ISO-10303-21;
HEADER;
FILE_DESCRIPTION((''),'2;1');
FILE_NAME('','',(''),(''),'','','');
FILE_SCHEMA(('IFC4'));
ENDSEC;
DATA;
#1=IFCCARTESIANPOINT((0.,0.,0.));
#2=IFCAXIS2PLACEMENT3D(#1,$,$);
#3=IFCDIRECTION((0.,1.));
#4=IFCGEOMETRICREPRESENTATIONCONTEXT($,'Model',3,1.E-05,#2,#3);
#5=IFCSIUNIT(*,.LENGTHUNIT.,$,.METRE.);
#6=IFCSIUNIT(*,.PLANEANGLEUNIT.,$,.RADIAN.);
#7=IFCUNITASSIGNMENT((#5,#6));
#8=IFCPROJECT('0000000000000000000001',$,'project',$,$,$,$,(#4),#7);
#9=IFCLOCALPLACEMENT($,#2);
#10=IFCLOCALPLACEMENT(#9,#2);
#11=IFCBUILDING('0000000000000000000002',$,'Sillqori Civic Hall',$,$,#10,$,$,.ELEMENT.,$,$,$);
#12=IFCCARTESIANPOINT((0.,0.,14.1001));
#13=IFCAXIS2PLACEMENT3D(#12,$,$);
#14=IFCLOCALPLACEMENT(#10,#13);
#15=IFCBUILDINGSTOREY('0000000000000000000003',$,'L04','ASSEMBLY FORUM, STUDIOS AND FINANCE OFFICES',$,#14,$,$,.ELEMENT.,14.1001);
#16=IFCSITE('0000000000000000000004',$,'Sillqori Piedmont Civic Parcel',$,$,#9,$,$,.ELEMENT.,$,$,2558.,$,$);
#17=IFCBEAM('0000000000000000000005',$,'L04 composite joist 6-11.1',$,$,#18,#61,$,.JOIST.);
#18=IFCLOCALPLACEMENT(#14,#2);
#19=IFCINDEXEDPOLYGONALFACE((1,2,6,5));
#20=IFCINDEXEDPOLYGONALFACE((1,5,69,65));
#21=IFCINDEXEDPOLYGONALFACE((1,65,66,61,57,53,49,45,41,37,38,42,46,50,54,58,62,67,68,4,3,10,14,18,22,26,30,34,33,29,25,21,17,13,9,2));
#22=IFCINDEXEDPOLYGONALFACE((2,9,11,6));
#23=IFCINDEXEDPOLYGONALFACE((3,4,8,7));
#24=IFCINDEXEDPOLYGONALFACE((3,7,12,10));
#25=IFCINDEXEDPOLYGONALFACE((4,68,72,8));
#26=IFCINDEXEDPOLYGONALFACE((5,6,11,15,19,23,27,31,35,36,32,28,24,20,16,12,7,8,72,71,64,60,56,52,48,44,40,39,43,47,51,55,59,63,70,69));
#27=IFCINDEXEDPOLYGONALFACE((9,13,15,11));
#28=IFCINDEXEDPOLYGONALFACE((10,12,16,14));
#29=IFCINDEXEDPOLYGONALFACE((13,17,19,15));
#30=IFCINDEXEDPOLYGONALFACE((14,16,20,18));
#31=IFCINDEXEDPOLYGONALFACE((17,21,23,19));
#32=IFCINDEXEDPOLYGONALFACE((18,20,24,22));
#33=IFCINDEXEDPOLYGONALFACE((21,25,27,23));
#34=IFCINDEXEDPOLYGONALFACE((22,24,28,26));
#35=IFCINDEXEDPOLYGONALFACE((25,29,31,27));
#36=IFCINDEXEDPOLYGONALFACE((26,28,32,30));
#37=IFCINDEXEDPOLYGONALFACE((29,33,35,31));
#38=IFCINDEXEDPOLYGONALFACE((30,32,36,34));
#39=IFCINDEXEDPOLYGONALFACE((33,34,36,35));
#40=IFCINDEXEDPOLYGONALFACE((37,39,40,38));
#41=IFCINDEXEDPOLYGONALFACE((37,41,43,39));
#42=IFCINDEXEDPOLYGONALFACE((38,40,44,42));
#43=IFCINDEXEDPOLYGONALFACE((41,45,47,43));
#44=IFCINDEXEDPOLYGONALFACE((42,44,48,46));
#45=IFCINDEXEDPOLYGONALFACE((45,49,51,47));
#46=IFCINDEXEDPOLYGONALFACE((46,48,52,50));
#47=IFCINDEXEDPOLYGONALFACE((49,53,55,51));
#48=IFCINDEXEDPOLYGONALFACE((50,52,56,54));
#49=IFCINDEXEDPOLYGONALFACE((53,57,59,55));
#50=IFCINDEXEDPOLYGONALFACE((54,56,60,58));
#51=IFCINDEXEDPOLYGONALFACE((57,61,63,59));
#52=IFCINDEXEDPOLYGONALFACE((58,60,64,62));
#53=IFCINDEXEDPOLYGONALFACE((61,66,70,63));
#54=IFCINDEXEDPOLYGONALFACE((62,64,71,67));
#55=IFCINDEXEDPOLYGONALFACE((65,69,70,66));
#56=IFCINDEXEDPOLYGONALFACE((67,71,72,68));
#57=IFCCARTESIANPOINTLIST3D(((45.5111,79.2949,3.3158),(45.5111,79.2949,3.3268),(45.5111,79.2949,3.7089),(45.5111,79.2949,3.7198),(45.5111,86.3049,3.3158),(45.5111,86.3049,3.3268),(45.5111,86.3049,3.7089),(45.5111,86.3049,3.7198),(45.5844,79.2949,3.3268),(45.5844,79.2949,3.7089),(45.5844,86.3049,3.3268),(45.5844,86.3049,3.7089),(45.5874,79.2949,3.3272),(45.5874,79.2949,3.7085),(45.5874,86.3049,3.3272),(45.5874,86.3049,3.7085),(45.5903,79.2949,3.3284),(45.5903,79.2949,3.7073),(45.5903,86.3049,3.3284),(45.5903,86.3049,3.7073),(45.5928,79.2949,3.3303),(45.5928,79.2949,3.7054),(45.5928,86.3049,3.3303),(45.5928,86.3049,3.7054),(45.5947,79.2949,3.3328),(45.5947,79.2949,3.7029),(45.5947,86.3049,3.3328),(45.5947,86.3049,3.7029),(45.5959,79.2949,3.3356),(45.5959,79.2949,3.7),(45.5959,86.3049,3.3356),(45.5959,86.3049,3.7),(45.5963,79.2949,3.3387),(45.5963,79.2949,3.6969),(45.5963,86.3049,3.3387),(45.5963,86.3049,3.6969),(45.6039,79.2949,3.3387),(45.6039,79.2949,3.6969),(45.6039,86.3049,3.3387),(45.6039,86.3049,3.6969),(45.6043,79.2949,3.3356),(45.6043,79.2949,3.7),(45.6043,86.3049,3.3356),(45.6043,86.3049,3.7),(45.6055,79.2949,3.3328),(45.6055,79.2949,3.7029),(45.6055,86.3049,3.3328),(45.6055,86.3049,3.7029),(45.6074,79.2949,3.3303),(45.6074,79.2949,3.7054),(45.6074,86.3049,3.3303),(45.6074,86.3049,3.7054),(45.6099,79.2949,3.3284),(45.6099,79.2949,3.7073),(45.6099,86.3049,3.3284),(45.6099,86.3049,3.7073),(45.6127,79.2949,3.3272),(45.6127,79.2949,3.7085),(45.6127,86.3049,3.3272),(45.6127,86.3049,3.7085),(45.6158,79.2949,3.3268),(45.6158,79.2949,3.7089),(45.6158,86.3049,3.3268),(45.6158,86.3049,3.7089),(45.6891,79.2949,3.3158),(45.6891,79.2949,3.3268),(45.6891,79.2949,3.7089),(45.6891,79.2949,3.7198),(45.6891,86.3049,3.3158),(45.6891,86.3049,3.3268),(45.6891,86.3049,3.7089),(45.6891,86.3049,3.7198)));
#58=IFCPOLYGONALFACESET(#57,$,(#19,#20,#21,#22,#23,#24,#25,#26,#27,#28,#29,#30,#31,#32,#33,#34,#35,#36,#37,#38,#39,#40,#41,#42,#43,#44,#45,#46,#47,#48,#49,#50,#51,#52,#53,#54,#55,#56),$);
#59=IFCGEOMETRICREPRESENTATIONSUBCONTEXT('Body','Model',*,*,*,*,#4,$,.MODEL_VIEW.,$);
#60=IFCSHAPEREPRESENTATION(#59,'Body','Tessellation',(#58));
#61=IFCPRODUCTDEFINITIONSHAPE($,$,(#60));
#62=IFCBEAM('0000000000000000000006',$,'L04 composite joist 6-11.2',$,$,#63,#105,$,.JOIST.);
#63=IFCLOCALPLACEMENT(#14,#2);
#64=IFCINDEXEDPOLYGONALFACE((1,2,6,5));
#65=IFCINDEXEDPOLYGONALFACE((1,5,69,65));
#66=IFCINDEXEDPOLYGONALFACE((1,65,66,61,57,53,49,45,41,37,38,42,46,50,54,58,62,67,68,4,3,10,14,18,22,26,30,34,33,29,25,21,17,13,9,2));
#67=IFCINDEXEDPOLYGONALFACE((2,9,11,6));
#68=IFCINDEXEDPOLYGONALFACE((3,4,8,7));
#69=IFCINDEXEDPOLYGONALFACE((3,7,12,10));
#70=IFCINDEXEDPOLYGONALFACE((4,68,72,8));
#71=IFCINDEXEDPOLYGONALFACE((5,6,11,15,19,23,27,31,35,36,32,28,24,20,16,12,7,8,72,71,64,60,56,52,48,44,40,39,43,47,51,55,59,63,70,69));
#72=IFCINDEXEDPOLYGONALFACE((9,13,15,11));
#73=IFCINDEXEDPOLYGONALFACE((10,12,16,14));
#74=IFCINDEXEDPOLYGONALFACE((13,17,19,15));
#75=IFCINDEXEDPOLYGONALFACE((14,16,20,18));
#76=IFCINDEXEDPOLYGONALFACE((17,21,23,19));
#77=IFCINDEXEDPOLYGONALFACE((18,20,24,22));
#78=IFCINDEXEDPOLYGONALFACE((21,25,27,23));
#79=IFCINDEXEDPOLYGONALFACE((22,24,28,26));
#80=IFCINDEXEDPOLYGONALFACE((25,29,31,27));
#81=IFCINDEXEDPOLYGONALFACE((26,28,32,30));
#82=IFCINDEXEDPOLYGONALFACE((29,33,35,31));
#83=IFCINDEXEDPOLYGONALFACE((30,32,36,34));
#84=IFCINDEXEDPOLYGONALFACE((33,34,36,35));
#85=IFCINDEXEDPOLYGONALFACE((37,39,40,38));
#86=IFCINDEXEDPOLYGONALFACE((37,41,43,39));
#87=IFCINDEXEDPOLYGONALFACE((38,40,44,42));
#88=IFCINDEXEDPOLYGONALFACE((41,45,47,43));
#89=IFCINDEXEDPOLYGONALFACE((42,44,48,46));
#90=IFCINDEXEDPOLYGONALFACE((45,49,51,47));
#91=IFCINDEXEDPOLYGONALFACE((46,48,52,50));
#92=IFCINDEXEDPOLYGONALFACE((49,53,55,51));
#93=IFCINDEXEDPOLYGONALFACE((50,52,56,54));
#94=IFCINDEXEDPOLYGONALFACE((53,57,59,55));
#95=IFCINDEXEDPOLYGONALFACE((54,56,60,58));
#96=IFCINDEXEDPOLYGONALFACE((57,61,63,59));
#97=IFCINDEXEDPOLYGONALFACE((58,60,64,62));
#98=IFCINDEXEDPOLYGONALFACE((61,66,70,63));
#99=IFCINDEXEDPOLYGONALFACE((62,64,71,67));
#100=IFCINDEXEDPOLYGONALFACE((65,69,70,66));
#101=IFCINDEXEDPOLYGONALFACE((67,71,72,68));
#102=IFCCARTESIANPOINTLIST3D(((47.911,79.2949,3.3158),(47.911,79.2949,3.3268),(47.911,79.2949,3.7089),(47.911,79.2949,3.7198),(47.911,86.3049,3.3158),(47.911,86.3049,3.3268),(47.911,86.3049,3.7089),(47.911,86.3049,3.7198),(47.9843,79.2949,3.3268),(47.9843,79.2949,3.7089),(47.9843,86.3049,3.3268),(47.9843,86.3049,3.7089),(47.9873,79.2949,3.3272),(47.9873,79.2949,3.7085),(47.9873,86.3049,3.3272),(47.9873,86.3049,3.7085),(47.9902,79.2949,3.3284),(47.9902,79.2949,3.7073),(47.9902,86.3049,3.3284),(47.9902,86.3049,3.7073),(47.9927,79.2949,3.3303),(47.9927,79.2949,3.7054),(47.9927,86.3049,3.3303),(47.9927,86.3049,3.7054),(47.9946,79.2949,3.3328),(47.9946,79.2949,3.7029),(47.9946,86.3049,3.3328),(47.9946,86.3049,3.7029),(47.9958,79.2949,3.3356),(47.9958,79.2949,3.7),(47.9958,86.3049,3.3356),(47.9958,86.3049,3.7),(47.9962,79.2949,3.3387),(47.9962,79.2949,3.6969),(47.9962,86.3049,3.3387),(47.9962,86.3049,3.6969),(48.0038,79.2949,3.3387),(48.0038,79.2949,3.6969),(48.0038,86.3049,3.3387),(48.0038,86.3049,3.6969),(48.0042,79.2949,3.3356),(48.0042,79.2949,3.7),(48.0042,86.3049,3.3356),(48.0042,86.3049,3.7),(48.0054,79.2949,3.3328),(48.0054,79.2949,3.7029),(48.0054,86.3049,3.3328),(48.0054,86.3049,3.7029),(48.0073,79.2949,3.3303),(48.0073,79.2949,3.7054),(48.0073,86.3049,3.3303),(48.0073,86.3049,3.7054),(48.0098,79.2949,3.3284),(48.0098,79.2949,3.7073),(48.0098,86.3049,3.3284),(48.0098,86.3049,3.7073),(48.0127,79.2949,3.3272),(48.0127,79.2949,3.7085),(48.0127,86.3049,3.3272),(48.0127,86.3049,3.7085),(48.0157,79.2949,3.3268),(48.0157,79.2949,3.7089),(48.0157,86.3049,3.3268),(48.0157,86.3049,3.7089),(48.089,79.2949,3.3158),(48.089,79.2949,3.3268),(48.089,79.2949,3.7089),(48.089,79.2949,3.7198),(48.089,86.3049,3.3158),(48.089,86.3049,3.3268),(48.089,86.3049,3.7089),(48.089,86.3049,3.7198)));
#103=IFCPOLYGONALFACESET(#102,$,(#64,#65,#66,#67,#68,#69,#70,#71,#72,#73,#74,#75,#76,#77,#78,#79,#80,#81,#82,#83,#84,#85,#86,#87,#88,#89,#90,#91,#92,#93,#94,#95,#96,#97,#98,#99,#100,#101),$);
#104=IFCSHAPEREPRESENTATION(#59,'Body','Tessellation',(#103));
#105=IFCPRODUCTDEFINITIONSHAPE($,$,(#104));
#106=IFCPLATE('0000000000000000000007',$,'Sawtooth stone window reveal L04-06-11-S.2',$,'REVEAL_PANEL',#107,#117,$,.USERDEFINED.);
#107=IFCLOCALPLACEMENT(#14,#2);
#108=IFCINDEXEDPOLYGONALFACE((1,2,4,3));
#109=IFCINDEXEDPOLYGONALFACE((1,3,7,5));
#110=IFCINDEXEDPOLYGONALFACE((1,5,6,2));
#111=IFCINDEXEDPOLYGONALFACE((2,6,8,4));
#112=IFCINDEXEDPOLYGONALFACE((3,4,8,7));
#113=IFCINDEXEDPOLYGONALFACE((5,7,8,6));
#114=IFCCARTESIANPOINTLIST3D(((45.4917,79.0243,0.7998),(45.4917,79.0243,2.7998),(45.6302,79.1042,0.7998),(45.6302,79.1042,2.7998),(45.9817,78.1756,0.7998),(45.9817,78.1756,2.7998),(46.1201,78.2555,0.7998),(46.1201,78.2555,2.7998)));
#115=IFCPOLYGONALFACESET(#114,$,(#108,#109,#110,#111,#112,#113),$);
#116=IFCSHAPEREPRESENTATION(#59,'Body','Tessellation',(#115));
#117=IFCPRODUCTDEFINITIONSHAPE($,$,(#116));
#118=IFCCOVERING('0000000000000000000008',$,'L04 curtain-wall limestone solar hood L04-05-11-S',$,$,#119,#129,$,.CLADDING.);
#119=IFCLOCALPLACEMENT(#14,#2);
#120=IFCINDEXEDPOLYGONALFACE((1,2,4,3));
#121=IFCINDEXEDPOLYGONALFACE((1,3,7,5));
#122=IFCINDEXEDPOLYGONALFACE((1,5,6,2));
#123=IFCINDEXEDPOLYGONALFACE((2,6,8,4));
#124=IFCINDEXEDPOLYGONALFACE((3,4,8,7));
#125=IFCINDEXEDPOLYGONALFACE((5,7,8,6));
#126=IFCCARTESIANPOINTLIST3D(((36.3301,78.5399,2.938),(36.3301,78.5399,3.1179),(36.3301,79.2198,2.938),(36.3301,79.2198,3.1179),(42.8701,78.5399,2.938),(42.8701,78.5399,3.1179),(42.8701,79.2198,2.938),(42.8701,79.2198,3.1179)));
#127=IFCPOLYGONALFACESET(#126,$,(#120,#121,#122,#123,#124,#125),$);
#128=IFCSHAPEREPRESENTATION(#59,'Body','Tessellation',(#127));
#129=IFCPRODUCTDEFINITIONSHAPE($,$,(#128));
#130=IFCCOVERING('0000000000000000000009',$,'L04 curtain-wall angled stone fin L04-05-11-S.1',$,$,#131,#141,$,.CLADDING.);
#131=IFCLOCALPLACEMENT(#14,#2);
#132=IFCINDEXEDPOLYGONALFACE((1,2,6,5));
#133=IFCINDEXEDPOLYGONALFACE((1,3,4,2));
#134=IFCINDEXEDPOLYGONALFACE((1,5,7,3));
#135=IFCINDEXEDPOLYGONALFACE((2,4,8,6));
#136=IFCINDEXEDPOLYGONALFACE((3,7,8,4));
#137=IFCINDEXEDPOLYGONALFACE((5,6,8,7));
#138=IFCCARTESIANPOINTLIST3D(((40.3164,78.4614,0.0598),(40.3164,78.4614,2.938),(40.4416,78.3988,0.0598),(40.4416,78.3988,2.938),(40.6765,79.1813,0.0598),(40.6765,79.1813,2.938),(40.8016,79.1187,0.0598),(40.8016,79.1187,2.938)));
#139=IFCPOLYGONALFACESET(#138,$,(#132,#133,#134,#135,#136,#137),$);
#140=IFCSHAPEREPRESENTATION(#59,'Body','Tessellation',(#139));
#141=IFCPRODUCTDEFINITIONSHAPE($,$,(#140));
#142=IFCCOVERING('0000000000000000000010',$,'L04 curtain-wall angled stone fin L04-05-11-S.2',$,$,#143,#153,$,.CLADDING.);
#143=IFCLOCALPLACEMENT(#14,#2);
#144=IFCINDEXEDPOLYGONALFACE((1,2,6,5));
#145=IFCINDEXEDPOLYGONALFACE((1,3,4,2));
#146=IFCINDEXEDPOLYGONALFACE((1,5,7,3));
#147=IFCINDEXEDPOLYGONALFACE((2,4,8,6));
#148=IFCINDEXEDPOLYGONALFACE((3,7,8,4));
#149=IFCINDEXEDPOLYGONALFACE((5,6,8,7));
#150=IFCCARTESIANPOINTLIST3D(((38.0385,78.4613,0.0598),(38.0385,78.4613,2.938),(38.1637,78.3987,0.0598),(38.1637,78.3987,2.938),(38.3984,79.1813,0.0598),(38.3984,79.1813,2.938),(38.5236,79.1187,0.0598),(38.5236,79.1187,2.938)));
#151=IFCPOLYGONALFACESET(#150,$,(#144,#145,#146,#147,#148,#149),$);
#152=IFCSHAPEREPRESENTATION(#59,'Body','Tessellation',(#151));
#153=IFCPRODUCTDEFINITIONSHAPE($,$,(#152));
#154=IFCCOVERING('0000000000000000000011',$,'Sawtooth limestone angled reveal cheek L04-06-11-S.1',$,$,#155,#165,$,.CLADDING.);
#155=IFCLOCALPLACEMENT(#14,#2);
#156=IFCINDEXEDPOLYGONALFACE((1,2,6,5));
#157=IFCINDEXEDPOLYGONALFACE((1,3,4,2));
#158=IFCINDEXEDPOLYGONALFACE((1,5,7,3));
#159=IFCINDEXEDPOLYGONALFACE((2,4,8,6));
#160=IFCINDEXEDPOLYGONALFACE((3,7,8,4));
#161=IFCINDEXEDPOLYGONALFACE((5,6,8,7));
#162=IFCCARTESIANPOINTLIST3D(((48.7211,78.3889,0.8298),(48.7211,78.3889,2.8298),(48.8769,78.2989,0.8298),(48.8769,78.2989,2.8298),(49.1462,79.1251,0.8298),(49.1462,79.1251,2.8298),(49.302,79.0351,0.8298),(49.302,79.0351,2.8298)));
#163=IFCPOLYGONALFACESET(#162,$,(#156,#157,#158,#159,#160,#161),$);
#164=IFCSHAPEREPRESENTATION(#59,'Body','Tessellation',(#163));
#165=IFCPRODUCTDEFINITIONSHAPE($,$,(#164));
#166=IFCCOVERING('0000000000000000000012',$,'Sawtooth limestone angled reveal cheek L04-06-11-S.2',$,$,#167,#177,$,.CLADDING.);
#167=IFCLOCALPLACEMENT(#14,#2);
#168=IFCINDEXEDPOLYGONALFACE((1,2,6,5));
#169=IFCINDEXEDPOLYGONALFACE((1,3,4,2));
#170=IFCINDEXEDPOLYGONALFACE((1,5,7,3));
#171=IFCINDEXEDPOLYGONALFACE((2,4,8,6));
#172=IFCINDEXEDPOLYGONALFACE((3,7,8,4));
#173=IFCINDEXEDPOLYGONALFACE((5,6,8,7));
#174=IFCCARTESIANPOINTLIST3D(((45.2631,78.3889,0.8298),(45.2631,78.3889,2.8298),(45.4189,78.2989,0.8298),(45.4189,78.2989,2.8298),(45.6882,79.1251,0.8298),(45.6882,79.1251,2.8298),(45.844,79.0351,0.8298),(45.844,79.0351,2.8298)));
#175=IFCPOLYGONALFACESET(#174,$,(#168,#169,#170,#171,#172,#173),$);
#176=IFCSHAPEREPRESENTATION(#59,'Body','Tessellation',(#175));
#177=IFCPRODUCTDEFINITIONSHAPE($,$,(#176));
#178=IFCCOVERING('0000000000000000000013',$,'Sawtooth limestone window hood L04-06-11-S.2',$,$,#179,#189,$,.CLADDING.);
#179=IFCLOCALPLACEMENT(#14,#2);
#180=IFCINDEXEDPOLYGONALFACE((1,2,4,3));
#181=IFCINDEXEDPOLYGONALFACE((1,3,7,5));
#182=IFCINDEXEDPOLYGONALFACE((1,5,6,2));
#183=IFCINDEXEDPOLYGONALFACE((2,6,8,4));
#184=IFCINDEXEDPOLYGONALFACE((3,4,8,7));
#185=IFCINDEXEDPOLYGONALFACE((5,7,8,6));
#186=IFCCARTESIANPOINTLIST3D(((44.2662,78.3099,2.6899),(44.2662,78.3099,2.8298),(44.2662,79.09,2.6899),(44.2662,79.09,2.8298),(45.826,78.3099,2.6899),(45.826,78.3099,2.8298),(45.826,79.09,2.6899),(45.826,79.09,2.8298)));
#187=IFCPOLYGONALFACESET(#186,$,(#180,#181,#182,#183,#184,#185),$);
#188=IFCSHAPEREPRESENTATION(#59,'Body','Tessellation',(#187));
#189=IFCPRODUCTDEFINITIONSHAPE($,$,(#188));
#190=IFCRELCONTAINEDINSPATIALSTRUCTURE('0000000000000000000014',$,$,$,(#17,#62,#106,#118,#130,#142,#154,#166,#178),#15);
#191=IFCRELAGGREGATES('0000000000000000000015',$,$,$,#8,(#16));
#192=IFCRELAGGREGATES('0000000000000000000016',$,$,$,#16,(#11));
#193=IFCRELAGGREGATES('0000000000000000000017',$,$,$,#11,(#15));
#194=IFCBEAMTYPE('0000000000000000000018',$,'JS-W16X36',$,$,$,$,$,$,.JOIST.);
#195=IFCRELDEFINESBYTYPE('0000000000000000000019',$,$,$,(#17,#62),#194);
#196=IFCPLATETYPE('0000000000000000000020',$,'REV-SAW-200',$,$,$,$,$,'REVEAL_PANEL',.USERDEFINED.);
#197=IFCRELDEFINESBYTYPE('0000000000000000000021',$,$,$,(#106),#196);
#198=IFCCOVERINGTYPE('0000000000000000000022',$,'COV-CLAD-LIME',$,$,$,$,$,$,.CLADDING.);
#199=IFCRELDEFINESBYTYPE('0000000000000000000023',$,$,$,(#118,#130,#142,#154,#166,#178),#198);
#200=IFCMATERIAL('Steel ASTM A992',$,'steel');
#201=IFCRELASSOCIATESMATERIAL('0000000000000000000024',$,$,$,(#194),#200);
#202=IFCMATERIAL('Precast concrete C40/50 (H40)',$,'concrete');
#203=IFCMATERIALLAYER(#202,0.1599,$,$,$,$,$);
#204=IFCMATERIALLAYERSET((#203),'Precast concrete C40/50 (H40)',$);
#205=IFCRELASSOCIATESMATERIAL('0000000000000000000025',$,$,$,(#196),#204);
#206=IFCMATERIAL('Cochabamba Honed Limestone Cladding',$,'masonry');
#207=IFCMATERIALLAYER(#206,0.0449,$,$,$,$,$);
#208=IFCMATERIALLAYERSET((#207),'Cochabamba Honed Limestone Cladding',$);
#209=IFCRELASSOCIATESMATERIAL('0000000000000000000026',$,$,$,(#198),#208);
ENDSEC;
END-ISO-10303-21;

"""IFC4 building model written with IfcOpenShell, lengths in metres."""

from ifc_helpers import new_model, si_unit, direction, frame, frame_2d, origin, origin_2d, place, context, subcontext, project, spatial, rectangle, i_section, extrude, material, layer, layer_set, material_profile, profile_set, type_object, element, save


model = new_model("IFC4")

# Units and contexts
model_context = context("Model", 3, precision=1e-05, world=origin(), true_north=direction((0.0, 1.0)))
body_context = subcontext(model_context, "Body", "Model", "MODEL_VIEW")
ifc_project = project(units=[si_unit("LENGTHUNIT", "METRE"), si_unit("PLANEANGLEUNIT", "RADIAN")], contexts=[model_context])

# Site, building, storey
site_placement = place(None, origin())
site = spatial("IfcSite", under=ifc_project, at=site_placement, Name="Sillqori Piedmont Civic Parcel", CompositionType="ELEMENT", RefElevation=2558.0)
building_placement = place(site_placement, origin())
building = spatial("IfcBuilding", under=site, at=building_placement, Name="Sillqori Civic Hall", CompositionType="ELEMENT")
storey_placement = place(building_placement, frame((0.0, 0.0, 14.1001)))
storey = spatial("IfcBuildingStorey", under=building, at=storey_placement, Name="L04", Description="ASSEMBLY FORUM, STUDIOS AND FINANCE OFFICES", CompositionType="ELEMENT", Elevation=14.1001)

# Shared definitions
ifc_material_1 = material(Name="Steel ASTM A992", Category="steel")

# Beams
ifc_material_profile_1 = material_profile(ifc_material_1, i_section(OverallWidth=0.178, OverallDepth=0.4041, WebThickness=0.0076, FlangeThickness=0.011, FilletRadius=0.012, at=origin_2d()), Name="W16X36")
ifc_profile_set_1 = profile_set([ifc_material_profile_1], Name="Steel ASTM A992")
beam_type_1 = type_object("IfcBeamType", Name="JS-W16X36", PredefinedType="JOIST", material=ifc_profile_set_1)
for number, where, z_axis, x_axis, name in (
    (1, (45.6001, 79.2949, 3.5178), (0.0, 1.0, 0.0), (-1.0, 0.0, 0.0), "L04 composite joist 6-11.1"),
    (2, (48.0, 79.2949, 3.5178), (0.0, 1.0, 0.0), (-1.0, 0.0, 0.0), "L04 composite joist 6-11.2"),
):
    element("IfcBeam", number, at=place(storey_placement, frame(where, z_axis=z_axis, x_axis=x_axis)), inside=storey, type_object=beam_type_1, Name=name, PredefinedType="JOIST", context=body_context, shape_type="SweptSolid", body=[
        extrude(i_section(OverallWidth=0.178, OverallDepth=0.4041, WebThickness=0.0076, FlangeThickness=0.011, FilletRadius=0.012, at=origin_2d()), origin(), (0.0, 0.0, 1.0), 7.01),
    ])

# Plate
ifc_material_2 = material(Name="Precast concrete C40/50 (H40)", Category="concrete")
ifc_layer_1 = layer(ifc_material_2, 0.1599)
ifc_layer_set_1 = layer_set([ifc_layer_1], Name="Precast concrete C40/50 (H40)")
plate_type_1 = type_object("IfcPlateType", Name="REV-SAW-200", ElementType="REVEAL_PANEL", PredefinedType="USERDEFINED", material=ifc_layer_set_1)
plate_1_placement = place(storey_placement, frame((45.8059, 78.6399, 0.7998), z_axis=(0.0, 0.0, 1.0), x_axis=(-0.866025, -0.5, 0.0)))
element("IfcPlate", 3, at=plate_1_placement, inside=storey, type_object=plate_type_1, Name="Sawtooth stone window reveal L04-06-11-S.2", ObjectType="REVEAL_PANEL", PredefinedType="USERDEFINED", context=body_context, shape_type="SweptSolid", body=[
    extrude(rectangle(XDim=0.1599, YDim=0.98, at=origin_2d()), origin(), (0.0, 0.0, 1.0), 2.0),
])

# Coverings
ifc_material_3 = material(Name="Cochabamba Honed Limestone Cladding", Category="masonry")
ifc_layer_2 = layer(ifc_material_3, 0.0449)
ifc_layer_set_2 = layer_set([ifc_layer_2], Name="Cochabamba Honed Limestone Cladding")
covering_type = type_object("IfcCoveringType", Name="COV-CLAD-LIME", PredefinedType="CLADDING", material=ifc_layer_set_2)
covering_1_placement = place(storey_placement, frame((42.8701, 78.8799, 2.938), z_axis=(0.0, 0.0, 1.0), x_axis=(-1.0, 0.0, 0.0)))
element("IfcCovering", 4, at=covering_1_placement, inside=storey, type_object=covering_type, Name="L04 curtain-wall limestone solar hood L04-05-11-S", PredefinedType="CLADDING", context=body_context, shape_type="SweptSolid", body=[
    extrude(rectangle(XDim=6.54, YDim=0.6799, at=frame_2d((3.27, 0.0))), origin(), (0.0, 0.0, 1.0), 0.1799),
])
for number, where, z_axis, x_axis, name in (
    (5, (40.739, 79.1499, 0.0598), (0.0, 0.0, 1.0), (-0.447335, -0.894367, 0.0), "L04 curtain-wall angled stone fin L04-05-11-S.1"),
    (6, (38.4609, 79.1499, 0.0598), (0.0, 0.0, 1.0), (-0.447092, -0.894488, 0.0), "L04 curtain-wall angled stone fin L04-05-11-S.2"),
):
    element("IfcCovering", number, at=place(storey_placement, frame(where, z_axis=z_axis, x_axis=x_axis)), inside=storey, type_object=covering_type, Name=name, PredefinedType="CLADDING", context=body_context, shape_type="SweptSolid", body=[
        extrude(rectangle(XDim=0.8049, YDim=0.1399, at=frame_2d((0.4023, 0.0))), origin(), (0.0, 0.0, 1.0), 2.8782),
    ])
for number, where, z_axis, x_axis, name in (
    (7, (49.2241, 79.0801, 0.8298), (0.0, 0.0, 1.0), (-0.500062, -0.865989, 0.0), "Sawtooth limestone angled reveal cheek L04-06-11-S.1"),
    (8, (45.7661, 79.0801, 0.8298), (0.0, 0.0, 1.0), (-0.500062, -0.865989, 0.0), "Sawtooth limestone angled reveal cheek L04-06-11-S.2"),
):
    element("IfcCovering", number, at=place(storey_placement, frame(where, z_axis=z_axis, x_axis=x_axis)), inside=storey, type_object=covering_type, Name=name, PredefinedType="CLADDING", context=body_context, shape_type="SweptSolid", body=[
        extrude(rectangle(XDim=0.8501, YDim=0.1799, at=frame_2d((0.425, 0.0))), origin(), (0.0, 0.0, 1.0), 2.0),
    ])
covering_2_placement = place(storey_placement, frame((45.8259, 78.7, 2.6899), z_axis=(0.0, 0.0, 1.0), x_axis=(-1.0, 0.0, 0.0)))
element("IfcCovering", 9, at=covering_2_placement, inside=storey, type_object=covering_type, Name="Sawtooth limestone window hood L04-06-11-S.2", PredefinedType="CLADDING", context=body_context, shape_type="SweptSolid", body=[
    extrude(rectangle(XDim=1.5598, YDim=0.78, at=frame_2d((0.7798, 0.0))), origin(), (0.0, 0.0, 1.0), 0.1399),
])

save(model, "model.ifc")
